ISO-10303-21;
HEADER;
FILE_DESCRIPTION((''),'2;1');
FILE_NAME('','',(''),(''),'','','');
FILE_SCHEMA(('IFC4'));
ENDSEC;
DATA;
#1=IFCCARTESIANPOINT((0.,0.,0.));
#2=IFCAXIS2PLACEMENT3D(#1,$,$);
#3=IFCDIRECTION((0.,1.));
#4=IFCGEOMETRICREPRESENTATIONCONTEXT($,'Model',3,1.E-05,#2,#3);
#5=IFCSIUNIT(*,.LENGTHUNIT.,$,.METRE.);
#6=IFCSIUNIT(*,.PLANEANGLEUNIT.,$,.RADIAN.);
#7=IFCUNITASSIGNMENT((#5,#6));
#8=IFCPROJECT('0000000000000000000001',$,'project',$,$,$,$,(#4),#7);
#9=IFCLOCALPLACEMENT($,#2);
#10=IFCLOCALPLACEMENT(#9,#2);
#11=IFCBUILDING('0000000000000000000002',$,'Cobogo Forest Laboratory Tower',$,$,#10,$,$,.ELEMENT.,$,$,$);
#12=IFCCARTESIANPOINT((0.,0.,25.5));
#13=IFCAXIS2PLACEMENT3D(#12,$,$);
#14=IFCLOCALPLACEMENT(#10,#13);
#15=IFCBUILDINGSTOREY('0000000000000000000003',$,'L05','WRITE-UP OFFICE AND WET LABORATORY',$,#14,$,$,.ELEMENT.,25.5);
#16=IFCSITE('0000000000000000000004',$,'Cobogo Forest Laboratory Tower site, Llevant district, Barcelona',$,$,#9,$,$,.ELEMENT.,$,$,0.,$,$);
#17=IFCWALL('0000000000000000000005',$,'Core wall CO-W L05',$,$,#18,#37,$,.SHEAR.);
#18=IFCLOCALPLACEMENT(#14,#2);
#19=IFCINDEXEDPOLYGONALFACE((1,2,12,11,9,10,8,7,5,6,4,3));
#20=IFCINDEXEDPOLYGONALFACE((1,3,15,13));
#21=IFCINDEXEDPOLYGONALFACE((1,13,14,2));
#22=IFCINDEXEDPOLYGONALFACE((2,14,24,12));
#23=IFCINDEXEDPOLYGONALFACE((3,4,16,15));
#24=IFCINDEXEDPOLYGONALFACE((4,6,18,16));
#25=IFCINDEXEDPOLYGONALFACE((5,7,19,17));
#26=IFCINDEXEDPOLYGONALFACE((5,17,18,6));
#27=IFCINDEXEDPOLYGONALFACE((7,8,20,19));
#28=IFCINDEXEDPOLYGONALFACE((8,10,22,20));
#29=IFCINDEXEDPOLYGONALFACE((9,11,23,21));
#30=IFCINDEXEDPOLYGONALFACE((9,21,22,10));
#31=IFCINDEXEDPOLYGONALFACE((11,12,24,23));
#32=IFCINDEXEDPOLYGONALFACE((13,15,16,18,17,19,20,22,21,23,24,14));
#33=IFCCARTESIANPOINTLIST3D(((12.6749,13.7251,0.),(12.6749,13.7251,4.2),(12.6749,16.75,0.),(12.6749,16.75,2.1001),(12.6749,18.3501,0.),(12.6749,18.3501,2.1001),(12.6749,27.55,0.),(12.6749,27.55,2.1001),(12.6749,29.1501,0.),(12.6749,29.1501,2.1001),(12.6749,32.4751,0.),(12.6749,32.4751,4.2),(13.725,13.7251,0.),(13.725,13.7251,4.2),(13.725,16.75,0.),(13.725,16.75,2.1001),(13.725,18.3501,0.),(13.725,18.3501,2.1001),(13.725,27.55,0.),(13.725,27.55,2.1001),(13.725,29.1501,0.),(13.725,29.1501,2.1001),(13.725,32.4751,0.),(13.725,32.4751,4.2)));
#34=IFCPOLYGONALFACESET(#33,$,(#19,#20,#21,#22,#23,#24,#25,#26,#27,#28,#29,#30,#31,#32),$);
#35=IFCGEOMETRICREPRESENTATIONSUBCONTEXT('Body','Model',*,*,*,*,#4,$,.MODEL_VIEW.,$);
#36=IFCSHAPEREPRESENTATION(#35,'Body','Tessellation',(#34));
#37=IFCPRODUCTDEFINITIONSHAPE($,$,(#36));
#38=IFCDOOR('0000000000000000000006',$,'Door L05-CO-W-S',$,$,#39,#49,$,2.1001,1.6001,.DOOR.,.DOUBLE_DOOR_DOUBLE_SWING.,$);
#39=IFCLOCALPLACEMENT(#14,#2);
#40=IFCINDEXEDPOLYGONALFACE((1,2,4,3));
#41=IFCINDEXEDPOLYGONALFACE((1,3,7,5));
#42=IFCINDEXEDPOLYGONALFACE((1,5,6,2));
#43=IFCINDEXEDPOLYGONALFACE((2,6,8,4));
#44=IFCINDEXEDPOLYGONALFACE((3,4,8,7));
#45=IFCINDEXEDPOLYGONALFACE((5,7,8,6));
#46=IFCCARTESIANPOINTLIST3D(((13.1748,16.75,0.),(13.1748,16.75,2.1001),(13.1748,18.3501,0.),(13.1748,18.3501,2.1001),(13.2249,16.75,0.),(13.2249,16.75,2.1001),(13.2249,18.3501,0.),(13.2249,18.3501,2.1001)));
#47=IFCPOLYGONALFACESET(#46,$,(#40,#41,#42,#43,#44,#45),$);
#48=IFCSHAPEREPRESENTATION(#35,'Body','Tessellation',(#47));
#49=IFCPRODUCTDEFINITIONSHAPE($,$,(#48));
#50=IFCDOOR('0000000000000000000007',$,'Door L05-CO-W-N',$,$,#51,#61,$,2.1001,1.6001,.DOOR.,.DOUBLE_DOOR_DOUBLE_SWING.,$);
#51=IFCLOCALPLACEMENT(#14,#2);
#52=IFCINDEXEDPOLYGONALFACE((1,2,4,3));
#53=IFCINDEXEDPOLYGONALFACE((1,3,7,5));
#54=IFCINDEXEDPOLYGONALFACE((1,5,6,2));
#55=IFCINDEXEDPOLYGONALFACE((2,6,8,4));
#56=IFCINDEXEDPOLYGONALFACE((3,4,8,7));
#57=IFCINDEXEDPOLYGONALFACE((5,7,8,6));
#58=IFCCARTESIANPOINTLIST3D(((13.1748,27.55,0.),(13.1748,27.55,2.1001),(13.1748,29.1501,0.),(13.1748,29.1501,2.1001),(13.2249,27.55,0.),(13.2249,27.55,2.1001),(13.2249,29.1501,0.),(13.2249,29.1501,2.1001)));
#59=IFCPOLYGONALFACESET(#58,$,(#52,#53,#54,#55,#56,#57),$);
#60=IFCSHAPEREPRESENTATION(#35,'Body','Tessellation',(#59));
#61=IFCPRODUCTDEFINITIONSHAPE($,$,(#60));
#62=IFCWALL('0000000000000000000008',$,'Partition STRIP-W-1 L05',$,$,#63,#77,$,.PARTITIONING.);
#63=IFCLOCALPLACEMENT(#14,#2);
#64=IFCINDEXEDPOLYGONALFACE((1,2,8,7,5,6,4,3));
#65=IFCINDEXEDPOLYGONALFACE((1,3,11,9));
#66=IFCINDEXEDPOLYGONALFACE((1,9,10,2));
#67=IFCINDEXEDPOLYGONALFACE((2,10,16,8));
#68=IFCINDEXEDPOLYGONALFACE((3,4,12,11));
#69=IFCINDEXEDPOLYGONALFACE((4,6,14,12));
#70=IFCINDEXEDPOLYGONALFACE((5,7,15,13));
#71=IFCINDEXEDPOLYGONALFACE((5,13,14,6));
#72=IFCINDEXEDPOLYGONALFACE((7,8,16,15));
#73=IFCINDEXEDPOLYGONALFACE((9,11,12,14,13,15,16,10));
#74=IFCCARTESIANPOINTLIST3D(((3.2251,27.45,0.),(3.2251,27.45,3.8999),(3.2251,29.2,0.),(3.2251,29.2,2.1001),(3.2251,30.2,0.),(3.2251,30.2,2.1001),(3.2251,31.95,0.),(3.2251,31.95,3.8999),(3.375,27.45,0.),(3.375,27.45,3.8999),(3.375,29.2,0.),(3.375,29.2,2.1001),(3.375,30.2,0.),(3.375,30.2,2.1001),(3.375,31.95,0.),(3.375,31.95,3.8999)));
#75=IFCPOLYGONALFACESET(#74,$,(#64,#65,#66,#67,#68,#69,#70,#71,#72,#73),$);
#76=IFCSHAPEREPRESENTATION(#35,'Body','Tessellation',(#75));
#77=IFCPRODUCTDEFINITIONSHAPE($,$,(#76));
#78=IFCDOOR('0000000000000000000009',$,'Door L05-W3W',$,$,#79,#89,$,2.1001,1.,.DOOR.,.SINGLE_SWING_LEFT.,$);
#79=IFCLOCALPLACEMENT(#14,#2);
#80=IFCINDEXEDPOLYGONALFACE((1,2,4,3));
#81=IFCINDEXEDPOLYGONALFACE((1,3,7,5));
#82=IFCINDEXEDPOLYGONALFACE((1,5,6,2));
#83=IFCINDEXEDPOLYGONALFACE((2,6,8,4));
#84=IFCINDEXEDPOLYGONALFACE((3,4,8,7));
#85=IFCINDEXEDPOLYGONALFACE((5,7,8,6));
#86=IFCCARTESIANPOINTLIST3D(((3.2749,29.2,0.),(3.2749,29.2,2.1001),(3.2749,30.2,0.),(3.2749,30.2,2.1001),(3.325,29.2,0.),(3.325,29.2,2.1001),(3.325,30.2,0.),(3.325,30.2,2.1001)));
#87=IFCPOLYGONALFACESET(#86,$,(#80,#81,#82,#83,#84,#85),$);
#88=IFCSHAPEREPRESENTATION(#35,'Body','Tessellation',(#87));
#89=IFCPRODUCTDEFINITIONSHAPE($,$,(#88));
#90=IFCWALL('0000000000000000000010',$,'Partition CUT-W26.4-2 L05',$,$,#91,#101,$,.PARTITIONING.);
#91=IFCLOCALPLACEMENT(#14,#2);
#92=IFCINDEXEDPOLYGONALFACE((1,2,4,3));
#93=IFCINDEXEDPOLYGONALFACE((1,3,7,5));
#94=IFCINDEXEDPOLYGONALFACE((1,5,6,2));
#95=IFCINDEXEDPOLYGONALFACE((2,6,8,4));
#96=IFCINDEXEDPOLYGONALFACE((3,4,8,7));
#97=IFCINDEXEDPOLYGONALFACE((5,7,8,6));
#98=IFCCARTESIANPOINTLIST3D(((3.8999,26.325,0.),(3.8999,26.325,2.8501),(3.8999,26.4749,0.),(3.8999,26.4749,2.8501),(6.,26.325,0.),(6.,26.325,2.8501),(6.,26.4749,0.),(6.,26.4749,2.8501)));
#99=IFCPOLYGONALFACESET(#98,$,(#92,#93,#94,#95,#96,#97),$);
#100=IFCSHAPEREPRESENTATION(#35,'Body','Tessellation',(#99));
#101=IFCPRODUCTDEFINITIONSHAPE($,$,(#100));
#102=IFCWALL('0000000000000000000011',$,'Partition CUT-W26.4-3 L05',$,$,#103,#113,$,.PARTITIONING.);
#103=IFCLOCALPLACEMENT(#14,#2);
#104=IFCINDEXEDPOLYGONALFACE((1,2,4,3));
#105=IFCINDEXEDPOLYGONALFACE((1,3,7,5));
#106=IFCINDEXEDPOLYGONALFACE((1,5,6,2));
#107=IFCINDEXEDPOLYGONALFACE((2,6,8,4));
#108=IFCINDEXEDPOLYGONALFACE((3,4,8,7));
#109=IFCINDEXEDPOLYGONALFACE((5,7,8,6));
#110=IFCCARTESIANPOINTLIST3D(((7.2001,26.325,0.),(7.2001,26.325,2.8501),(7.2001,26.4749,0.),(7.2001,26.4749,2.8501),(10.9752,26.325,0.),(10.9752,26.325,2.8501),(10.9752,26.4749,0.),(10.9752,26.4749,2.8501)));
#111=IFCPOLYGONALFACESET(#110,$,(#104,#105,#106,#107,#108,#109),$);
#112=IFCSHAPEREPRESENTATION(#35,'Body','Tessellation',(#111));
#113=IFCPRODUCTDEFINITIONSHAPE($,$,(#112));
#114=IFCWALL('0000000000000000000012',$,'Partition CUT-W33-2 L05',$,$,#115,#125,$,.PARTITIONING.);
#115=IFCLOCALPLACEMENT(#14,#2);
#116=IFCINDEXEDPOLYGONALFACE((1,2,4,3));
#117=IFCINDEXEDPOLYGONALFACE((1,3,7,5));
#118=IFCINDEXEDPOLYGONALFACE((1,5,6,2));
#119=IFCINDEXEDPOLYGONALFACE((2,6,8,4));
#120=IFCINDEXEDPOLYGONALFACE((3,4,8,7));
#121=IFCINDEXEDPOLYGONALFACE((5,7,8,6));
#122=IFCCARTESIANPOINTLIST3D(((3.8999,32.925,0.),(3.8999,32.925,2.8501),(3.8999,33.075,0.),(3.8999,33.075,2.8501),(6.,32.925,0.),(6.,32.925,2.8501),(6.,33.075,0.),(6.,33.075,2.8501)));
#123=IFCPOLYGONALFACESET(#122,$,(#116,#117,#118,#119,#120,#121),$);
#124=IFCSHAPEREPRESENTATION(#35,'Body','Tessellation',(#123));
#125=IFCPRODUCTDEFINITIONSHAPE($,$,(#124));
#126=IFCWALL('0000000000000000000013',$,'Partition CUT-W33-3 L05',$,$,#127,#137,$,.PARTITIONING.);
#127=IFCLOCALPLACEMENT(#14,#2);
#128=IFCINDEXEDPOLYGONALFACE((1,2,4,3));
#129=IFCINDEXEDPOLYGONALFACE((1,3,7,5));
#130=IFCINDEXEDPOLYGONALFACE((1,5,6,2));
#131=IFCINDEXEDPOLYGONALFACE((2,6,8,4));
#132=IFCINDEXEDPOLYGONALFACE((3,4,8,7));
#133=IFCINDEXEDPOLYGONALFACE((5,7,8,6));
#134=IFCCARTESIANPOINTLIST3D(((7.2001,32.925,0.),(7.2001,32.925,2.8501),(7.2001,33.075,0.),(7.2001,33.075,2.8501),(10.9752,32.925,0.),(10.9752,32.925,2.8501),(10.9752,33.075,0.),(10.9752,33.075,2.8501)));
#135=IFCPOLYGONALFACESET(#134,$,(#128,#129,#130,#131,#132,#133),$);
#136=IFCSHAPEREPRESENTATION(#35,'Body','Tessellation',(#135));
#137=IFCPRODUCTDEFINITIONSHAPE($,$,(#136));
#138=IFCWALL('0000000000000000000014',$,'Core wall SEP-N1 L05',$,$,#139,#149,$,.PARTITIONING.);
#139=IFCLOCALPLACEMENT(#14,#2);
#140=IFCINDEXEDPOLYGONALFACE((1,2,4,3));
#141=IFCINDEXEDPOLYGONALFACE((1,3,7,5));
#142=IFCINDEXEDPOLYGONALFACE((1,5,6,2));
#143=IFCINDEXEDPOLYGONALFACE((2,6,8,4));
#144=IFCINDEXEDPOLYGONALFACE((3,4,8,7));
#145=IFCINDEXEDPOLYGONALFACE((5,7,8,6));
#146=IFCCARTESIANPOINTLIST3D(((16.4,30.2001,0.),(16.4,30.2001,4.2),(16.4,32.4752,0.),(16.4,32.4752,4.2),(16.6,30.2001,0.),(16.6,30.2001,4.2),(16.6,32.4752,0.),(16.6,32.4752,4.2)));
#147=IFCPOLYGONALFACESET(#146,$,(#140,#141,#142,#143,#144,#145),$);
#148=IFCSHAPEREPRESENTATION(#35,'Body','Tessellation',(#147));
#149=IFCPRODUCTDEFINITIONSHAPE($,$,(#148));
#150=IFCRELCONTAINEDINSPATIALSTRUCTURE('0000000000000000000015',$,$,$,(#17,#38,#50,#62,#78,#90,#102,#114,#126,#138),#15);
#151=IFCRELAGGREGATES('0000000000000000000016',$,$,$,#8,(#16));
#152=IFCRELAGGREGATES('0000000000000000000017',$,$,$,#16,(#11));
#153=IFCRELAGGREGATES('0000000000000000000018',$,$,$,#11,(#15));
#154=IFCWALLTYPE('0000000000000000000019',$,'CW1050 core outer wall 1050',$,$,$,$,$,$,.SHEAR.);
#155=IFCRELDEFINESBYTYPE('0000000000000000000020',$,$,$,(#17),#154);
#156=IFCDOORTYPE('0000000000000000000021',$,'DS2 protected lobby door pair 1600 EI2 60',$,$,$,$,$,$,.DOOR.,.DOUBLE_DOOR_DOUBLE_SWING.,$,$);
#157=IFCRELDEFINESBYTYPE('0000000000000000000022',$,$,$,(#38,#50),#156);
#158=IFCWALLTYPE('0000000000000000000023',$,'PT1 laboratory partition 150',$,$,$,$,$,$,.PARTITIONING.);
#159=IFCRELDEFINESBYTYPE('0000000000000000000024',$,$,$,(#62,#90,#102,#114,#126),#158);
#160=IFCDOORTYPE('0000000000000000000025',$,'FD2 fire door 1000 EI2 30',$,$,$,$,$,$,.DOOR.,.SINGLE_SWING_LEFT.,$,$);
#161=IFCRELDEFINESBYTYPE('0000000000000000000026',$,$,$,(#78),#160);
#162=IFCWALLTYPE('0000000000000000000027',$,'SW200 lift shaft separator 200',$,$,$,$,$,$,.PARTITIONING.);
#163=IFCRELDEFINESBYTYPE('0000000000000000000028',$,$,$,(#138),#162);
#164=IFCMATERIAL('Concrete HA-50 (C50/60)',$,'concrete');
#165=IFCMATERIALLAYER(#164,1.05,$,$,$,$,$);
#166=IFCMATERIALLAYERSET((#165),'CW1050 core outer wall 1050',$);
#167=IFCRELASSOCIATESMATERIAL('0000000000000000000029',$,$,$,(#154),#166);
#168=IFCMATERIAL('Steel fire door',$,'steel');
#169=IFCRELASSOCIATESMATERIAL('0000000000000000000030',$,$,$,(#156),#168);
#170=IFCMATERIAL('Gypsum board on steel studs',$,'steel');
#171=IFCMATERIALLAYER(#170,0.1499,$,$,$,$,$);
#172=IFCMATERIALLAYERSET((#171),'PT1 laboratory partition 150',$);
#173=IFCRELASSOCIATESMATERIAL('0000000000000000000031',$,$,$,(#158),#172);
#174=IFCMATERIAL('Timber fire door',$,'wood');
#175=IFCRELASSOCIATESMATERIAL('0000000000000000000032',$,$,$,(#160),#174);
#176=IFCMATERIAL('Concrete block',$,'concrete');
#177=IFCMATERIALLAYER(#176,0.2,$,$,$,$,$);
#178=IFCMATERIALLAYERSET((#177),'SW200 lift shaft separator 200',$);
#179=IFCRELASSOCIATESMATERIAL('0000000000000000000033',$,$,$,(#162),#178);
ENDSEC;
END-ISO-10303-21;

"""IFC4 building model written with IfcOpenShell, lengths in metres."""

from ifc_helpers import new_model, si_unit, direction, frame, frame_2d, origin, place, context, subcontext, project, spatial, rectangle, extrude, material, layer, layer_set, type_object, element, fill, save


model = new_model("IFC4")

# Units and contexts
model_context = context("Model", 3, precision=1e-05, world=origin(), true_north=direction((0.0, 1.0)))
body_context = subcontext(model_context, "Body", "Model", "MODEL_VIEW")
ifc_project = project(units=[si_unit("LENGTHUNIT", "METRE"), si_unit("PLANEANGLEUNIT", "RADIAN")], contexts=[model_context])

# Site, building, storey
site_placement = place(None, origin())
site = spatial("IfcSite", under=ifc_project, at=site_placement, Name="Cobogo Forest Laboratory Tower site, Llevant district, Barcelona", CompositionType="ELEMENT", RefElevation=0.0)
building_placement = place(site_placement, origin())
building = spatial("IfcBuilding", under=site, at=building_placement, Name="Cobogo Forest Laboratory Tower", CompositionType="ELEMENT")
storey_placement = place(building_placement, frame((0.0, 0.0, 25.5)))
storey = spatial("IfcBuildingStorey", under=building, at=storey_placement, Name="L05", Description="WRITE-UP OFFICE AND WET LABORATORY", CompositionType="ELEMENT", Elevation=25.5)

# Shared definitions
ifc_material_1 = material(Name="Concrete HA-50 (C50/60)", Category="concrete")

# Shared definitions
ifc_material_2 = material(Name="Steel fire door", Category="steel")

# Wall, openings, doors
ifc_layer_1 = layer(ifc_material_1, 1.05)
ifc_layer_set_1 = layer_set([ifc_layer_1], Name="CW1050 core outer wall 1050")
wall_type_1 = type_object("IfcWallType", Name="CW1050 core outer wall 1050", PredefinedType="SHEAR", material=ifc_layer_set_1)
wall_1_placement = place(storey_placement, frame((13.2, 32.4751, 0.0), z_axis=(0.0, 0.0, 1.0), x_axis=(0.0, -1.0, 0.0)))
wall_1 = element("IfcWall", 1, at=wall_1_placement, inside=storey, type_object=wall_type_1, Name="Core wall CO-W L05", PredefinedType="SHEAR", context=body_context, shape_type="SweptSolid", body=[
    extrude(rectangle(XDim=18.75, YDim=1.05, at=frame_2d((9.375, 0.0))), origin(), (0.0, 0.0, 1.0), 4.2),
])
opening_1_placement = place(wall_1_placement, frame((14.125, 0.0, 0.0)))
opening_1 = element("IfcOpeningElement", 2, at=opening_1_placement, cuts=wall_1, PredefinedType="OPENING", context=body_context, shape_type="SweptSolid", body=[
    extrude(rectangle(XDim=1.6001, YDim=2.1001, at=frame_2d((0.8, 1.05))), frame((0.0, 0.5349, 0.0), z_axis=(0.0, -1.0, 0.0), x_axis=(1.0, 0.0, 0.0)), (0.0, 0.0, 1.0), 1.0701),
])
opening_2_placement = place(wall_1_placement, frame((3.325, 0.0, 0.0)))
opening_2 = element("IfcOpeningElement", 3, at=opening_2_placement, cuts=wall_1, PredefinedType="OPENING", context=body_context, shape_type="SweptSolid", body=[
    extrude(rectangle(XDim=1.6001, YDim=2.1001, at=frame_2d((0.8, 1.05))), frame((0.0, 0.5349, 0.0), z_axis=(0.0, -1.0, 0.0), x_axis=(1.0, 0.0, 0.0)), (0.0, 0.0, 1.0), 1.0701),
])
door_type_1 = type_object("IfcDoorType", Name="DS2 protected lobby door pair 1600 EI2 60", OperationType="DOUBLE_DOOR_DOUBLE_SWING", PredefinedType="DOOR", material=ifc_material_2)
door_1_placement = place(opening_1_placement, origin())
door_1 = element("IfcDoor", 4, at=door_1_placement, inside=storey, type_object=door_type_1, Name="Door L05-CO-W-S", OperationType="DOUBLE_DOOR_DOUBLE_SWING", OverallHeight=2.1001, OverallWidth=1.6001, PredefinedType="DOOR", context=body_context, shape_type="SweptSolid", body=[
    extrude(rectangle(XDim=1.6001, YDim=2.1001, at=frame_2d((0.8, 1.05))), frame((0.0, 0.0249, 0.0), z_axis=(0.0, -1.0, 0.0), x_axis=(1.0, 0.0, 0.0)), (0.0, 0.0, 1.0), 0.05),
])
fill(opening_1, door_1)
door_2_placement = place(opening_2_placement, origin())
door_2 = element("IfcDoor", 5, at=door_2_placement, inside=storey, type_object=door_type_1, Name="Door L05-CO-W-N", OperationType="DOUBLE_DOOR_DOUBLE_SWING", OverallHeight=2.1001, OverallWidth=1.6001, PredefinedType="DOOR", context=body_context, shape_type="SweptSolid", body=[
    extrude(rectangle(XDim=1.6001, YDim=2.1001, at=frame_2d((0.8, 1.05))), frame((0.0, 0.0249, 0.0), z_axis=(0.0, -1.0, 0.0), x_axis=(1.0, 0.0, 0.0)), (0.0, 0.0, 1.0), 0.05),
])
fill(opening_2, door_2)

# Wall, opening, door
ifc_material_3 = material(Name="Gypsum board on steel studs", Category="steel")
ifc_layer_2 = layer(ifc_material_3, 0.1499)
ifc_layer_set_2 = layer_set([ifc_layer_2], Name="PT1 laboratory partition 150")
wall_type_2 = type_object("IfcWallType", Name="PT1 laboratory partition 150", PredefinedType="PARTITIONING", material=ifc_layer_set_2)
wall_2_placement = place(storey_placement, frame((3.3, 31.95, 0.0), z_axis=(0.0, 0.0, 1.0), x_axis=(0.0, -1.0, 0.0)))
wall_2 = element("IfcWall", 6, at=wall_2_placement, inside=storey, type_object=wall_type_2, Name="Partition STRIP-W-1 L05", PredefinedType="PARTITIONING", context=body_context, shape_type="SweptSolid", body=[
    extrude(rectangle(XDim=4.5, YDim=0.1499, at=frame_2d((2.25, 0.0))), origin(), (0.0, 0.0, 1.0), 3.8999),
])
opening_3_placement = place(wall_2_placement, frame((1.75, 0.0, 0.0)))
opening_3 = element("IfcOpeningElement", 7, at=opening_3_placement, cuts=wall_2, PredefinedType="OPENING", context=body_context, shape_type="SweptSolid", body=[
    extrude(rectangle(XDim=1.0, YDim=2.1001, at=frame_2d((0.5, 1.05))), frame((0.0, 0.085, 0.0), z_axis=(0.0, -1.0, 0.0), x_axis=(1.0, 0.0, 0.0)), (0.0, 0.0, 1.0), 0.1699),
])
ifc_material_4 = material(Name="Timber fire door", Category="wood")
door_type_2 = type_object("IfcDoorType", Name="FD2 fire door 1000 EI2 30", OperationType="SINGLE_SWING_LEFT", PredefinedType="DOOR", material=ifc_material_4)
door_3_placement = place(opening_3_placement, origin())
door_3 = element("IfcDoor", 8, at=door_3_placement, inside=storey, type_object=door_type_2, Name="Door L05-W3W", OperationType="SINGLE_SWING_LEFT", OverallHeight=2.1001, OverallWidth=1.0, PredefinedType="DOOR", context=body_context, shape_type="SweptSolid", body=[
    extrude(rectangle(XDim=1.0, YDim=2.1001, at=frame_2d((0.5, 1.05))), frame((0.0, 0.0249, 0.0), z_axis=(0.0, -1.0, 0.0), x_axis=(1.0, 0.0, 0.0)), (0.0, 0.0, 1.0), 0.05),
])
fill(opening_3, door_3)

# Walls
wall_3_placement = place(storey_placement, frame((3.8999, 26.3999, 0.0), z_axis=(0.0, 0.0, 1.0), x_axis=(1.0, 0.0, 0.0)))
element("IfcWall", 9, at=wall_3_placement, inside=storey, type_object=wall_type_2, Name="Partition CUT-W26.4-2 L05", PredefinedType="PARTITIONING", context=body_context, shape_type="SweptSolid", body=[
    extrude(rectangle(XDim=2.1001, YDim=0.1499, at=frame_2d((1.05, 0.0))), origin(), (0.0, 0.0, 1.0), 2.8501),
])
wall_4_placement = place(storey_placement, frame((7.2, 26.3999, 0.0), z_axis=(0.0, 0.0, 1.0), x_axis=(1.0, 0.0, 0.0)))
element("IfcWall", 10, at=wall_4_placement, inside=storey, type_object=wall_type_2, Name="Partition CUT-W26.4-3 L05", PredefinedType="PARTITIONING", context=body_context, shape_type="SweptSolid", body=[
    extrude(rectangle(XDim=3.7751, YDim=0.1499, at=frame_2d((1.8877, 0.0))), origin(), (0.0, 0.0, 1.0), 2.8501),
])
wall_5_placement = place(storey_placement, frame((3.8999, 33.0, 0.0), z_axis=(0.0, 0.0, 1.0), x_axis=(1.0, 0.0, 0.0)))
element("IfcWall", 11, at=wall_5_placement, inside=storey, type_object=wall_type_2, Name="Partition CUT-W33-2 L05", PredefinedType="PARTITIONING", context=body_context, shape_type="SweptSolid", body=[
    extrude(rectangle(XDim=2.1001, YDim=0.1499, at=frame_2d((1.05, 0.0))), origin(), (0.0, 0.0, 1.0), 2.8501),
])
wall_6_placement = place(storey_placement, frame((7.2, 33.0, 0.0), z_axis=(0.0, 0.0, 1.0), x_axis=(1.0, 0.0, 0.0)))
element("IfcWall", 12, at=wall_6_placement, inside=storey, type_object=wall_type_2, Name="Partition CUT-W33-3 L05", PredefinedType="PARTITIONING", context=body_context, shape_type="SweptSolid", body=[
    extrude(rectangle(XDim=3.7751, YDim=0.1499, at=frame_2d((1.8877, 0.0))), origin(), (0.0, 0.0, 1.0), 2.8501),
])
ifc_material_5 = material(Name="Concrete block", Category="concrete")
ifc_layer_3 = layer(ifc_material_5, 0.2)
ifc_layer_set_3 = layer_set([ifc_layer_3], Name="SW200 lift shaft separator 200")
wall_type_3 = type_object("IfcWallType", Name="SW200 lift shaft separator 200", PredefinedType="PARTITIONING", material=ifc_layer_set_3)
wall_7_placement = place(storey_placement, frame((16.5, 30.2, 0.0), z_axis=(0.0, 0.0, 1.0), x_axis=(0.0, 1.0, 0.0)))
element("IfcWall", 13, at=wall_7_placement, inside=storey, type_object=wall_type_3, Name="Core wall SEP-N1 L05", PredefinedType="PARTITIONING", context=body_context, shape_type="SweptSolid", body=[
    extrude(rectangle(XDim=2.2751, YDim=0.2, at=frame_2d((1.1377, 0.0))), origin(), (0.0, 0.0, 1.0), 4.2),
])

save(model, "model.ifc")
